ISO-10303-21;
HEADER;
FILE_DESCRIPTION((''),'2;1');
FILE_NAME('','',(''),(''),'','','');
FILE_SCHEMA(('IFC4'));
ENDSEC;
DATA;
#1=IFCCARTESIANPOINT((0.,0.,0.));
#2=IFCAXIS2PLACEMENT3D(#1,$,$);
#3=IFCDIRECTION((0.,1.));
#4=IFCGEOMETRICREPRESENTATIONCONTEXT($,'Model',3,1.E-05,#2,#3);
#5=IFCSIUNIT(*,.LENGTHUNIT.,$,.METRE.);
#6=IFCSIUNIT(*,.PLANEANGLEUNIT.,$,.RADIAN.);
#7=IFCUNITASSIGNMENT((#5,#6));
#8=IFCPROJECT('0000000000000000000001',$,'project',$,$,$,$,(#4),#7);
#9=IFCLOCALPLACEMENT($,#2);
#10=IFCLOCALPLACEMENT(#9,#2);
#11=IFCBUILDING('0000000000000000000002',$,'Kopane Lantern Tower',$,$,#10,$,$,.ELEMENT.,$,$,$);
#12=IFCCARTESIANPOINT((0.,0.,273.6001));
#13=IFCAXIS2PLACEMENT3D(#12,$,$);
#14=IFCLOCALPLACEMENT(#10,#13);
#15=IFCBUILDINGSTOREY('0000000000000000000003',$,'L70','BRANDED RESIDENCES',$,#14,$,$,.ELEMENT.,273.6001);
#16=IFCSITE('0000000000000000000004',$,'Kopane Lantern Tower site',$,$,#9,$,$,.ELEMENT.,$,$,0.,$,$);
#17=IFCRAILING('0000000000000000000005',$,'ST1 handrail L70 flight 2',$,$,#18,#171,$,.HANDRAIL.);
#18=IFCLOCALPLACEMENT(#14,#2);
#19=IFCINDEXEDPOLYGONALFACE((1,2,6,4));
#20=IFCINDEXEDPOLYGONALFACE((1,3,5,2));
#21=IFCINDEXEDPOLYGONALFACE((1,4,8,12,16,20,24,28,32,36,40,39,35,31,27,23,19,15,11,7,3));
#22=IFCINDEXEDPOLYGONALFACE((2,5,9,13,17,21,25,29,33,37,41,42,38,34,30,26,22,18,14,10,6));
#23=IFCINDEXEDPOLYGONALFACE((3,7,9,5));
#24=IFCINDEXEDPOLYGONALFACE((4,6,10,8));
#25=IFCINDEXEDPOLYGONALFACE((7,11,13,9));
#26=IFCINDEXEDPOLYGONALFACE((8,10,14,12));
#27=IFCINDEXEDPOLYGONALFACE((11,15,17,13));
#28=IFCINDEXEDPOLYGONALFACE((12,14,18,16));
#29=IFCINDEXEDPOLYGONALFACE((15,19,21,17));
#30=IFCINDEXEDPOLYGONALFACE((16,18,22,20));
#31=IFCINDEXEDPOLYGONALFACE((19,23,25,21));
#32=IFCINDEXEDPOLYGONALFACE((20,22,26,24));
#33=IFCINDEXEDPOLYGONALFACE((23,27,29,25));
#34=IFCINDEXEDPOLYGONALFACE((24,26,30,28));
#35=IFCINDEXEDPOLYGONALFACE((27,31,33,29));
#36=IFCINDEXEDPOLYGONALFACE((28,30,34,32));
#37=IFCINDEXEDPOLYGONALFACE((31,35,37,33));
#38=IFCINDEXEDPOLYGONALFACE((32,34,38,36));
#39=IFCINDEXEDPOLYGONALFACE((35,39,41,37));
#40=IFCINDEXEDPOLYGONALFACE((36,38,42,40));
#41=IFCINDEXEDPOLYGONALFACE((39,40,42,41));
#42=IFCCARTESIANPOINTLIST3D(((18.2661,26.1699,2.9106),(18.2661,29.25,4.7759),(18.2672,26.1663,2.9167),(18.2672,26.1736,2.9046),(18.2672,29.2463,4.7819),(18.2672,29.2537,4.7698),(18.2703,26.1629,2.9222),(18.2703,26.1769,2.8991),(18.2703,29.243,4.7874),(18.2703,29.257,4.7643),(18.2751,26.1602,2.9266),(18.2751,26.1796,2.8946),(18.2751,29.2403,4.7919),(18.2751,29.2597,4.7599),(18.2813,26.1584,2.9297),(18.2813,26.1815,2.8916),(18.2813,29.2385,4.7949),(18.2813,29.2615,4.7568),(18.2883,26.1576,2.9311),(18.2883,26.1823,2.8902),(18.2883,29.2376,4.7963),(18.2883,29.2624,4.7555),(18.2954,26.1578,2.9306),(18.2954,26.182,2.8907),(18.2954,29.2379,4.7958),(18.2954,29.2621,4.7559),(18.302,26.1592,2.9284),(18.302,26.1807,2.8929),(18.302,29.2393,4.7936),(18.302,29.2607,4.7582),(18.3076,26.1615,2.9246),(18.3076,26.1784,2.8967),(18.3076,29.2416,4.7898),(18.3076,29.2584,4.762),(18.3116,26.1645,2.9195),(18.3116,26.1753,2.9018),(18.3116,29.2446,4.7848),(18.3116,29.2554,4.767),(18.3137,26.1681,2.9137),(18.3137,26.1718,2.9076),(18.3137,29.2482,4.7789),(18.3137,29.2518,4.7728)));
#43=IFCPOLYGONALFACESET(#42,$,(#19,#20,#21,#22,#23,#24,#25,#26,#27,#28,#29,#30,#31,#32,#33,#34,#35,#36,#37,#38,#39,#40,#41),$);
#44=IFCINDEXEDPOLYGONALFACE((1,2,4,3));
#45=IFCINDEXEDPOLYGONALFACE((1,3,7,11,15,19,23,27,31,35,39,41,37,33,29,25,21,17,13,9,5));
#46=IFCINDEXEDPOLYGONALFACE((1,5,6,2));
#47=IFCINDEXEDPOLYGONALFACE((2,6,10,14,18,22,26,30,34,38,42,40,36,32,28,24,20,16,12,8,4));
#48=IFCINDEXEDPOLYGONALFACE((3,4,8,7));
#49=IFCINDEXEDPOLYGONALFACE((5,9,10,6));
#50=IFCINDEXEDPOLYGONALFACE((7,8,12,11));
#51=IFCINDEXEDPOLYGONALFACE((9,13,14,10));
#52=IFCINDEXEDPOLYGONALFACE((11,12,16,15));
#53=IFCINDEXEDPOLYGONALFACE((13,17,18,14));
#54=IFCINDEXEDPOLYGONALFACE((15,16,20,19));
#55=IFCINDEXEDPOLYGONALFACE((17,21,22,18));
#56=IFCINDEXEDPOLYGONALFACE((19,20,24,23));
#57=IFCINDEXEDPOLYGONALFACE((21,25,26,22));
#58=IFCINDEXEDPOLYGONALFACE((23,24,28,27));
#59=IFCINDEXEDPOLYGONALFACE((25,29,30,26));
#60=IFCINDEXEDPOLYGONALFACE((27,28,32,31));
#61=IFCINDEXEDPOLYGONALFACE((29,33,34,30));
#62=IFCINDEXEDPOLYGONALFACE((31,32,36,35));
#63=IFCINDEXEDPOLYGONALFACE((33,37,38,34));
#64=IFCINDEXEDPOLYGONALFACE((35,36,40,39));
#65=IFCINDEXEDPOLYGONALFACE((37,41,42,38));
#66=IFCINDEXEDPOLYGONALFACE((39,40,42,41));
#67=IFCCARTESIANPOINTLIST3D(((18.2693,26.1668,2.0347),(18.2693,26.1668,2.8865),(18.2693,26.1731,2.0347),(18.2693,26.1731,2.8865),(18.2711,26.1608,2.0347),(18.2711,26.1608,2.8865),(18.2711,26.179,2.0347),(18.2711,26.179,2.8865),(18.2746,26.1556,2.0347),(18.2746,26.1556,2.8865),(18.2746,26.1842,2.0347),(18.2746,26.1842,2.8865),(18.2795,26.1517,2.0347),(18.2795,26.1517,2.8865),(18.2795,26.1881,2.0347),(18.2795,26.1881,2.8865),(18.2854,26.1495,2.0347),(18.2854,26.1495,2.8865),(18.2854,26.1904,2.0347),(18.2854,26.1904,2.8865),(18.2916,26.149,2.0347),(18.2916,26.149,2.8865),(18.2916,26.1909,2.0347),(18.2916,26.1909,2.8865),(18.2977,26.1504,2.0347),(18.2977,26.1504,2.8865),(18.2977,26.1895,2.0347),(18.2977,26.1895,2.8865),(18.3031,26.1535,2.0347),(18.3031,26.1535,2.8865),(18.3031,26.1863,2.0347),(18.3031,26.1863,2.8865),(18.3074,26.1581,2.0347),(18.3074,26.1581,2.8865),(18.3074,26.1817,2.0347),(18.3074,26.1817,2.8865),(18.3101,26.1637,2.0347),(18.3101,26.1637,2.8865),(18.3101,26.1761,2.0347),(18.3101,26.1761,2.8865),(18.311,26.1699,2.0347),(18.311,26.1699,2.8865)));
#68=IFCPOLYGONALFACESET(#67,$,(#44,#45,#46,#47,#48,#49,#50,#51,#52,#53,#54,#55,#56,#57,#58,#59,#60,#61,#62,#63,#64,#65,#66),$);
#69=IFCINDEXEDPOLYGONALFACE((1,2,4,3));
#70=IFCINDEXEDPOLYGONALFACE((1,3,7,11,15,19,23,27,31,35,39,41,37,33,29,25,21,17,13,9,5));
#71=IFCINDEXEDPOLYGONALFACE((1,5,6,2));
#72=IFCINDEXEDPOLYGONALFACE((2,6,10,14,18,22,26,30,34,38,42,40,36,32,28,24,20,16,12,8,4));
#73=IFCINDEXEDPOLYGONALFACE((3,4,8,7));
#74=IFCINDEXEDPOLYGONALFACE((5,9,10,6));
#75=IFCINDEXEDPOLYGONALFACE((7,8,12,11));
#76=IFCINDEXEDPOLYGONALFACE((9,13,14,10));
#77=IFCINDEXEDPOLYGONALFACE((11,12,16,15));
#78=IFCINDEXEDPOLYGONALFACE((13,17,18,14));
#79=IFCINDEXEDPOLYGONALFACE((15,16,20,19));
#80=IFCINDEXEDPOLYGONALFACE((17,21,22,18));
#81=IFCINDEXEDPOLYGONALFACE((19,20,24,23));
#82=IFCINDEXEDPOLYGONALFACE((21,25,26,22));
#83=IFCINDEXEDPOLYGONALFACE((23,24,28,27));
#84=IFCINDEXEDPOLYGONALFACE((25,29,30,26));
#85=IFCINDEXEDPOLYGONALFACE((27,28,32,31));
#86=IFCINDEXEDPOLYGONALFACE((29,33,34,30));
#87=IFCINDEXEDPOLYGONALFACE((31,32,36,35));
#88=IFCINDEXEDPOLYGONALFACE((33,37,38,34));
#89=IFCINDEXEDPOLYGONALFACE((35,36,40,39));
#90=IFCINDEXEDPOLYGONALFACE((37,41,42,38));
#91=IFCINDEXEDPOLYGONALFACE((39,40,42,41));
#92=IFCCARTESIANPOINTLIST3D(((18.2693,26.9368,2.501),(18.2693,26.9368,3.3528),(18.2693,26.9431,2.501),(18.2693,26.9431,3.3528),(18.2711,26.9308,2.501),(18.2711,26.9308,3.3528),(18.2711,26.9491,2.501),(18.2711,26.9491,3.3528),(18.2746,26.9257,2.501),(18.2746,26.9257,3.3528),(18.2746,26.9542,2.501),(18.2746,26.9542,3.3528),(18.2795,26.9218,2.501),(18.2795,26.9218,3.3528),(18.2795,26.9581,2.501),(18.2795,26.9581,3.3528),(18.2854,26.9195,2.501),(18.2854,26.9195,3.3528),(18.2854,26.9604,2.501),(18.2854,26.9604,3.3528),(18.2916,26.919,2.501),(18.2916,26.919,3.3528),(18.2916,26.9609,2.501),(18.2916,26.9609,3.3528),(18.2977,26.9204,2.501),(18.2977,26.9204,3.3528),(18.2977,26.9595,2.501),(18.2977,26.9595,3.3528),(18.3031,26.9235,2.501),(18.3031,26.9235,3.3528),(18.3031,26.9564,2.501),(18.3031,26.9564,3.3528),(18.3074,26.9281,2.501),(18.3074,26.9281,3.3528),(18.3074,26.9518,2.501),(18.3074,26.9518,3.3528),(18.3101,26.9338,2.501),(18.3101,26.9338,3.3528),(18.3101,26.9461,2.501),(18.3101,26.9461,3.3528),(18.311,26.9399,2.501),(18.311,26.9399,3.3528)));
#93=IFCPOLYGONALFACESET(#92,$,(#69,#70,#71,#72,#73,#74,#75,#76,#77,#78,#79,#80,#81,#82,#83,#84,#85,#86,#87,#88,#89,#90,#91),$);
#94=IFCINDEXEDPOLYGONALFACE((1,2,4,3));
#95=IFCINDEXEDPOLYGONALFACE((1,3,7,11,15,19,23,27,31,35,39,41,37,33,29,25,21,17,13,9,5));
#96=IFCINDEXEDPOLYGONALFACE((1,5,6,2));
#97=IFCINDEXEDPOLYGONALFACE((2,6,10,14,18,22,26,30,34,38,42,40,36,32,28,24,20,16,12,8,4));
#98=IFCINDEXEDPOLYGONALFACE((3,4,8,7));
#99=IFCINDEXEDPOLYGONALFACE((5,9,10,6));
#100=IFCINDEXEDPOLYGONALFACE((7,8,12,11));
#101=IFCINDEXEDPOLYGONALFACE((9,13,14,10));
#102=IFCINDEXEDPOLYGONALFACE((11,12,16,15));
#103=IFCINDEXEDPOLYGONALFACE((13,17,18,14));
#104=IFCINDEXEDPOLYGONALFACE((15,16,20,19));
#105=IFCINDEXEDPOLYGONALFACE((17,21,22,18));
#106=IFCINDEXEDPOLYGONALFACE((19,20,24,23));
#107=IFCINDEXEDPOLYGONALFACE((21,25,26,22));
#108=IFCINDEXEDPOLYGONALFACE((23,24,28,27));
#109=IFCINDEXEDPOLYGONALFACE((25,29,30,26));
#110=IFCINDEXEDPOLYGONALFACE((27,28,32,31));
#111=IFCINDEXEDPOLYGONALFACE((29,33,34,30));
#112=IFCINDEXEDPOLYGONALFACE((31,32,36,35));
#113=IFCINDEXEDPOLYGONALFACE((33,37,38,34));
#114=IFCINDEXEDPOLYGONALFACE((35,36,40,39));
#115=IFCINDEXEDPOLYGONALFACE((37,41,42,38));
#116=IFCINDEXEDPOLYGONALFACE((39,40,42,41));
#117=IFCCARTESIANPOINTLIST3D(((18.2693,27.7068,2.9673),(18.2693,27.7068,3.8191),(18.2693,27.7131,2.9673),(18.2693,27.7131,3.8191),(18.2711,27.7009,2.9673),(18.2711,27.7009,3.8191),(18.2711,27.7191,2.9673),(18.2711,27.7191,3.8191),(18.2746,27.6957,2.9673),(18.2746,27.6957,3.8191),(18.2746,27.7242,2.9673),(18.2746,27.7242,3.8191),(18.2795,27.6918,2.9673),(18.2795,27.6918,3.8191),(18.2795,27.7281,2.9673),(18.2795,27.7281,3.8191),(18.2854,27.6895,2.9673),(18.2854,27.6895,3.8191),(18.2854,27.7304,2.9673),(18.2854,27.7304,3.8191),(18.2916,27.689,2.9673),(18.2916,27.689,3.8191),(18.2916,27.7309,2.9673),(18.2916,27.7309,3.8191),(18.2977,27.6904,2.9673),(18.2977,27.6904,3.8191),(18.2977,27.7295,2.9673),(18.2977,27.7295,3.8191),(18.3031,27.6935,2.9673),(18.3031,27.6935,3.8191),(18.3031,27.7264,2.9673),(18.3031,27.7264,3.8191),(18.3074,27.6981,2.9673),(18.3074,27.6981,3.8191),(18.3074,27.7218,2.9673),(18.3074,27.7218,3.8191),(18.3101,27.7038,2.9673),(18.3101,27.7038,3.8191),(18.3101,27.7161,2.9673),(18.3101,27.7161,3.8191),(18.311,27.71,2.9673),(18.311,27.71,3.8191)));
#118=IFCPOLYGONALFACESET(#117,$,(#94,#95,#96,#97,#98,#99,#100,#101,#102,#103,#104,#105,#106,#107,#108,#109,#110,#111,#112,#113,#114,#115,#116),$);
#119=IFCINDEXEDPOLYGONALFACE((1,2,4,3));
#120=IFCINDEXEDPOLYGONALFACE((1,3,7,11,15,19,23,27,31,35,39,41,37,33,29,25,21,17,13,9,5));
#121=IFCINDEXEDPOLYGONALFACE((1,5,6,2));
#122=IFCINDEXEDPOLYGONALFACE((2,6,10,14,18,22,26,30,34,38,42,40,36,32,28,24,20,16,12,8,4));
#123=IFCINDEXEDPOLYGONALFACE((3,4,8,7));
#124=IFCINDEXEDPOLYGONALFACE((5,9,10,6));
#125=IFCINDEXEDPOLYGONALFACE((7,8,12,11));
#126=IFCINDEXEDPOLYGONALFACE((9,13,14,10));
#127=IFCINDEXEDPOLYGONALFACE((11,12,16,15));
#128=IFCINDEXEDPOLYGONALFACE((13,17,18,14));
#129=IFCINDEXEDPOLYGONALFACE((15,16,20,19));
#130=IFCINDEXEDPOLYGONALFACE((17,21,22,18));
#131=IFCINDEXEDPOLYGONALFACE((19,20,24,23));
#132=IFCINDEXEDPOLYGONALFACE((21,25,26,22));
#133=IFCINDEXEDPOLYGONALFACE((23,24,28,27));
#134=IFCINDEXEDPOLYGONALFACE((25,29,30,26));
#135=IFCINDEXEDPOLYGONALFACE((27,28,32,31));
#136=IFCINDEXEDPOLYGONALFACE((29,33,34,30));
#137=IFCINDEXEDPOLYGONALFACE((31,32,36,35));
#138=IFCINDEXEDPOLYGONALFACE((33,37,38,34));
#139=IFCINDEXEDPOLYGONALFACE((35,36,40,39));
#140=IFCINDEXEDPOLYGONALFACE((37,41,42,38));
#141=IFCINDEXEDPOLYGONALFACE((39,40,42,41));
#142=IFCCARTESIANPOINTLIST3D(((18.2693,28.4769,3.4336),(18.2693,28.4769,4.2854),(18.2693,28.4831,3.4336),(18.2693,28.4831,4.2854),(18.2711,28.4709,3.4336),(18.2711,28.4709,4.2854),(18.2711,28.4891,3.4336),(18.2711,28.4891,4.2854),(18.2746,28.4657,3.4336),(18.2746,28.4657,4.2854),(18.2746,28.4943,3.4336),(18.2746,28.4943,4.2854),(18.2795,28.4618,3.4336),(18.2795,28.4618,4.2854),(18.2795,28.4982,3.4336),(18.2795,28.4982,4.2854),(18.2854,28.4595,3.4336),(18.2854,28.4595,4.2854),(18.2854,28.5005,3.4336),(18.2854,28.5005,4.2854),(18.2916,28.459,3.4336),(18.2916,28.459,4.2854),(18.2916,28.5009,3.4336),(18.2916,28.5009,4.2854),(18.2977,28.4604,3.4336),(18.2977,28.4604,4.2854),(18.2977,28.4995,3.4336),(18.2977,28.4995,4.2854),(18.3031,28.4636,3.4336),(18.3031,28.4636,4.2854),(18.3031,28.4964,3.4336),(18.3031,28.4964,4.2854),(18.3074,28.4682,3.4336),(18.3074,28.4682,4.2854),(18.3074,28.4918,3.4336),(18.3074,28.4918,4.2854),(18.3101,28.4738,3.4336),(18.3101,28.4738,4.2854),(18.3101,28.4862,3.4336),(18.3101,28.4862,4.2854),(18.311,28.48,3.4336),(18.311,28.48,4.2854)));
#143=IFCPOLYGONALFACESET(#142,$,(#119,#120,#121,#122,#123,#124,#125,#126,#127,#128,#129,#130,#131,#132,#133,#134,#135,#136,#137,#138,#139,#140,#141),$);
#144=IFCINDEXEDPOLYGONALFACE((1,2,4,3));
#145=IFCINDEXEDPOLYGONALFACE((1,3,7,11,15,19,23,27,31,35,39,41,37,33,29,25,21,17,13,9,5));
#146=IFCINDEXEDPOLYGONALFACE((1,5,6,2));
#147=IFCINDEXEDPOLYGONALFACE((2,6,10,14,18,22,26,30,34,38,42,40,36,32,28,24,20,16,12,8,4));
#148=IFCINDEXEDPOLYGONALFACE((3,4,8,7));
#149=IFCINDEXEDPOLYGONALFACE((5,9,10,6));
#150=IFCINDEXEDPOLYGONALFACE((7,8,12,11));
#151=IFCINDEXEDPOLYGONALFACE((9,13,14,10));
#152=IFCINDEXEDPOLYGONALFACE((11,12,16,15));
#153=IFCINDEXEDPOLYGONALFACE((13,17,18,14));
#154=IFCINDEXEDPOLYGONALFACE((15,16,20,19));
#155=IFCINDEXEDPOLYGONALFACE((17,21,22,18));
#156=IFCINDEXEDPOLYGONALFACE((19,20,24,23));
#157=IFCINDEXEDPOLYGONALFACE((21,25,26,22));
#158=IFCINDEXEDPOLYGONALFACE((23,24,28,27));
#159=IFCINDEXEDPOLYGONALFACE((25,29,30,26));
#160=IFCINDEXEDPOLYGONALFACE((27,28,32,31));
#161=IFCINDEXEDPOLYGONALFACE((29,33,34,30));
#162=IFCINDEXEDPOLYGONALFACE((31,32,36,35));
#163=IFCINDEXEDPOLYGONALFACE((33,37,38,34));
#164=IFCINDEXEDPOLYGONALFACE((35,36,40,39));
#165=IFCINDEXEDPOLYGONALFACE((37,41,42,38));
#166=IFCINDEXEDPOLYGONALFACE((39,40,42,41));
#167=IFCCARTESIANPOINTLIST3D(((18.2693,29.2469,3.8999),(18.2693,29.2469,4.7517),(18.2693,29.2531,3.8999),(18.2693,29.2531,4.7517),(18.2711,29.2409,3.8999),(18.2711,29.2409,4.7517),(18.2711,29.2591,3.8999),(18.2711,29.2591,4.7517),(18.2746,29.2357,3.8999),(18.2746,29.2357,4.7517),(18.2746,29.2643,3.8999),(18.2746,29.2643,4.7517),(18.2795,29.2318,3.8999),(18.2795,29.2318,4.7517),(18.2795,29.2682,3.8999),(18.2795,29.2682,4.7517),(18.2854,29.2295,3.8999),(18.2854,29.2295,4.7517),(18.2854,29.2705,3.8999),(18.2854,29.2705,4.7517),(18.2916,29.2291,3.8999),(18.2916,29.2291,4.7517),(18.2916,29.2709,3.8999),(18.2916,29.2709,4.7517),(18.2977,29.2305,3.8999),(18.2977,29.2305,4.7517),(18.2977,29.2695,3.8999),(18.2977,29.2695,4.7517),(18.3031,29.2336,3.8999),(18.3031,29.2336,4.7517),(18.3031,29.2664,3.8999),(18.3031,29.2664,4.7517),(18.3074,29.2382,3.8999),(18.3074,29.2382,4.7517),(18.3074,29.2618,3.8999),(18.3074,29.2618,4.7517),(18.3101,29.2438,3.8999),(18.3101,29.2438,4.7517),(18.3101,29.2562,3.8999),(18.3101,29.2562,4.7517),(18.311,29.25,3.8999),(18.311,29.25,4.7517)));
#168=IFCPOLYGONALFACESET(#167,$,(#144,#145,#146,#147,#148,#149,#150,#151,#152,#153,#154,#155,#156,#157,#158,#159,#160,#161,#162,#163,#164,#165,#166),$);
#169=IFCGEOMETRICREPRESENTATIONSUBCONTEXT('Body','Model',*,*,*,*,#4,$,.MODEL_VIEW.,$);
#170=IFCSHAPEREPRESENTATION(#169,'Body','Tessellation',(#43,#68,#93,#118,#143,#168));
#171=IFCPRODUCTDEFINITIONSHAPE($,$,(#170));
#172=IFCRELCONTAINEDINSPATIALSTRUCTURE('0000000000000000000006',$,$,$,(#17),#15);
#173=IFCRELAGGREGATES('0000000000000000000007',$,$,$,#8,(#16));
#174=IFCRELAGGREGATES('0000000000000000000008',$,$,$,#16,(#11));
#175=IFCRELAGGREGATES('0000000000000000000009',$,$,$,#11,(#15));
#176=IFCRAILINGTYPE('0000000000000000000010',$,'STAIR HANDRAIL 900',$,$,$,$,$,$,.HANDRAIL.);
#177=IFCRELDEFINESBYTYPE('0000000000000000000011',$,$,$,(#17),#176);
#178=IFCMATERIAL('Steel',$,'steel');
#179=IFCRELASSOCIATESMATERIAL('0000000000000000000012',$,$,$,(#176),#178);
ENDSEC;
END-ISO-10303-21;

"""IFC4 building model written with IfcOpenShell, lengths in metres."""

from ifc_helpers import new_model, si_unit, direction, frame, origin, origin_2d, place, context, subcontext, project, spatial, circle, extrude, material, type_object, element, save


model = new_model("IFC4")

# Units and contexts
model_context = context("Model", 3, precision=1e-05, world=origin(), true_north=direction((0.0, 1.0)))
body_context = subcontext(model_context, "Body", "Model", "MODEL_VIEW")
ifc_project = project(units=[si_unit("LENGTHUNIT", "METRE"), si_unit("PLANEANGLEUNIT", "RADIAN")], contexts=[model_context])

# Site, building, storey
site_placement = place(None, origin())
site = spatial("IfcSite", under=ifc_project, at=site_placement, Name="Kopane Lantern Tower site", CompositionType="ELEMENT", RefElevation=0.0)
building_placement = place(site_placement, origin())
building = spatial("IfcBuilding", under=site, at=building_placement, Name="Kopane Lantern Tower", CompositionType="ELEMENT")
storey_placement = place(building_placement, frame((0.0, 0.0, 273.6001)))
storey = spatial("IfcBuildingStorey", under=building, at=storey_placement, Name="L70", Description="BRANDED RESIDENCES", CompositionType="ELEMENT", Elevation=273.6001)

# Railing
ifc_material_1 = material(Name="Steel", Category="steel")
railing_type_1 = type_object("IfcRailingType", Name="STAIR HANDRAIL 900", PredefinedType="HANDRAIL", material=ifc_material_1)
for number, where, name in (
    (1, (18.29, 26.1699, 2.0347), "ST1 handrail L70 flight 2"),
):
    element("IfcRailing", number, at=place(storey_placement, frame(where)), inside=storey, type_object=railing_type_1, Name=name, PredefinedType="HANDRAIL", context=body_context, shape_type="SweptSolid", body=[
        extrude(circle(Radius=0.0239, at=origin_2d()), frame((0.0, 0.0, 0.876), z_axis=(0.0, 0.85538, 0.518001), x_axis=(-1.0, 0.0, 0.0)), (0.0, 0.0, 1.0), 3.6008),
        extrude(circle(Radius=0.021, at=origin_2d()), origin(), (0.0, 0.0, 1.0), 0.8518),
        extrude(circle(Radius=0.021, at=origin_2d()), frame((0.0, 0.77, 0.4663)), (0.0, 0.0, 1.0), 0.8518),
        extrude(circle(Radius=0.021, at=origin_2d()), frame((0.0, 1.54, 0.9326)), (0.0, 0.0, 1.0), 0.8518),
        extrude(circle(Radius=0.021, at=origin_2d()), frame((0.0, 2.3101, 1.3989)), (0.0, 0.0, 1.0), 0.8518),
        extrude(circle(Radius=0.021, at=origin_2d()), frame((0.0, 3.0801, 1.8652)), (0.0, 0.0, 1.0), 0.8518),
    ])

save(model, "model.ifc")
